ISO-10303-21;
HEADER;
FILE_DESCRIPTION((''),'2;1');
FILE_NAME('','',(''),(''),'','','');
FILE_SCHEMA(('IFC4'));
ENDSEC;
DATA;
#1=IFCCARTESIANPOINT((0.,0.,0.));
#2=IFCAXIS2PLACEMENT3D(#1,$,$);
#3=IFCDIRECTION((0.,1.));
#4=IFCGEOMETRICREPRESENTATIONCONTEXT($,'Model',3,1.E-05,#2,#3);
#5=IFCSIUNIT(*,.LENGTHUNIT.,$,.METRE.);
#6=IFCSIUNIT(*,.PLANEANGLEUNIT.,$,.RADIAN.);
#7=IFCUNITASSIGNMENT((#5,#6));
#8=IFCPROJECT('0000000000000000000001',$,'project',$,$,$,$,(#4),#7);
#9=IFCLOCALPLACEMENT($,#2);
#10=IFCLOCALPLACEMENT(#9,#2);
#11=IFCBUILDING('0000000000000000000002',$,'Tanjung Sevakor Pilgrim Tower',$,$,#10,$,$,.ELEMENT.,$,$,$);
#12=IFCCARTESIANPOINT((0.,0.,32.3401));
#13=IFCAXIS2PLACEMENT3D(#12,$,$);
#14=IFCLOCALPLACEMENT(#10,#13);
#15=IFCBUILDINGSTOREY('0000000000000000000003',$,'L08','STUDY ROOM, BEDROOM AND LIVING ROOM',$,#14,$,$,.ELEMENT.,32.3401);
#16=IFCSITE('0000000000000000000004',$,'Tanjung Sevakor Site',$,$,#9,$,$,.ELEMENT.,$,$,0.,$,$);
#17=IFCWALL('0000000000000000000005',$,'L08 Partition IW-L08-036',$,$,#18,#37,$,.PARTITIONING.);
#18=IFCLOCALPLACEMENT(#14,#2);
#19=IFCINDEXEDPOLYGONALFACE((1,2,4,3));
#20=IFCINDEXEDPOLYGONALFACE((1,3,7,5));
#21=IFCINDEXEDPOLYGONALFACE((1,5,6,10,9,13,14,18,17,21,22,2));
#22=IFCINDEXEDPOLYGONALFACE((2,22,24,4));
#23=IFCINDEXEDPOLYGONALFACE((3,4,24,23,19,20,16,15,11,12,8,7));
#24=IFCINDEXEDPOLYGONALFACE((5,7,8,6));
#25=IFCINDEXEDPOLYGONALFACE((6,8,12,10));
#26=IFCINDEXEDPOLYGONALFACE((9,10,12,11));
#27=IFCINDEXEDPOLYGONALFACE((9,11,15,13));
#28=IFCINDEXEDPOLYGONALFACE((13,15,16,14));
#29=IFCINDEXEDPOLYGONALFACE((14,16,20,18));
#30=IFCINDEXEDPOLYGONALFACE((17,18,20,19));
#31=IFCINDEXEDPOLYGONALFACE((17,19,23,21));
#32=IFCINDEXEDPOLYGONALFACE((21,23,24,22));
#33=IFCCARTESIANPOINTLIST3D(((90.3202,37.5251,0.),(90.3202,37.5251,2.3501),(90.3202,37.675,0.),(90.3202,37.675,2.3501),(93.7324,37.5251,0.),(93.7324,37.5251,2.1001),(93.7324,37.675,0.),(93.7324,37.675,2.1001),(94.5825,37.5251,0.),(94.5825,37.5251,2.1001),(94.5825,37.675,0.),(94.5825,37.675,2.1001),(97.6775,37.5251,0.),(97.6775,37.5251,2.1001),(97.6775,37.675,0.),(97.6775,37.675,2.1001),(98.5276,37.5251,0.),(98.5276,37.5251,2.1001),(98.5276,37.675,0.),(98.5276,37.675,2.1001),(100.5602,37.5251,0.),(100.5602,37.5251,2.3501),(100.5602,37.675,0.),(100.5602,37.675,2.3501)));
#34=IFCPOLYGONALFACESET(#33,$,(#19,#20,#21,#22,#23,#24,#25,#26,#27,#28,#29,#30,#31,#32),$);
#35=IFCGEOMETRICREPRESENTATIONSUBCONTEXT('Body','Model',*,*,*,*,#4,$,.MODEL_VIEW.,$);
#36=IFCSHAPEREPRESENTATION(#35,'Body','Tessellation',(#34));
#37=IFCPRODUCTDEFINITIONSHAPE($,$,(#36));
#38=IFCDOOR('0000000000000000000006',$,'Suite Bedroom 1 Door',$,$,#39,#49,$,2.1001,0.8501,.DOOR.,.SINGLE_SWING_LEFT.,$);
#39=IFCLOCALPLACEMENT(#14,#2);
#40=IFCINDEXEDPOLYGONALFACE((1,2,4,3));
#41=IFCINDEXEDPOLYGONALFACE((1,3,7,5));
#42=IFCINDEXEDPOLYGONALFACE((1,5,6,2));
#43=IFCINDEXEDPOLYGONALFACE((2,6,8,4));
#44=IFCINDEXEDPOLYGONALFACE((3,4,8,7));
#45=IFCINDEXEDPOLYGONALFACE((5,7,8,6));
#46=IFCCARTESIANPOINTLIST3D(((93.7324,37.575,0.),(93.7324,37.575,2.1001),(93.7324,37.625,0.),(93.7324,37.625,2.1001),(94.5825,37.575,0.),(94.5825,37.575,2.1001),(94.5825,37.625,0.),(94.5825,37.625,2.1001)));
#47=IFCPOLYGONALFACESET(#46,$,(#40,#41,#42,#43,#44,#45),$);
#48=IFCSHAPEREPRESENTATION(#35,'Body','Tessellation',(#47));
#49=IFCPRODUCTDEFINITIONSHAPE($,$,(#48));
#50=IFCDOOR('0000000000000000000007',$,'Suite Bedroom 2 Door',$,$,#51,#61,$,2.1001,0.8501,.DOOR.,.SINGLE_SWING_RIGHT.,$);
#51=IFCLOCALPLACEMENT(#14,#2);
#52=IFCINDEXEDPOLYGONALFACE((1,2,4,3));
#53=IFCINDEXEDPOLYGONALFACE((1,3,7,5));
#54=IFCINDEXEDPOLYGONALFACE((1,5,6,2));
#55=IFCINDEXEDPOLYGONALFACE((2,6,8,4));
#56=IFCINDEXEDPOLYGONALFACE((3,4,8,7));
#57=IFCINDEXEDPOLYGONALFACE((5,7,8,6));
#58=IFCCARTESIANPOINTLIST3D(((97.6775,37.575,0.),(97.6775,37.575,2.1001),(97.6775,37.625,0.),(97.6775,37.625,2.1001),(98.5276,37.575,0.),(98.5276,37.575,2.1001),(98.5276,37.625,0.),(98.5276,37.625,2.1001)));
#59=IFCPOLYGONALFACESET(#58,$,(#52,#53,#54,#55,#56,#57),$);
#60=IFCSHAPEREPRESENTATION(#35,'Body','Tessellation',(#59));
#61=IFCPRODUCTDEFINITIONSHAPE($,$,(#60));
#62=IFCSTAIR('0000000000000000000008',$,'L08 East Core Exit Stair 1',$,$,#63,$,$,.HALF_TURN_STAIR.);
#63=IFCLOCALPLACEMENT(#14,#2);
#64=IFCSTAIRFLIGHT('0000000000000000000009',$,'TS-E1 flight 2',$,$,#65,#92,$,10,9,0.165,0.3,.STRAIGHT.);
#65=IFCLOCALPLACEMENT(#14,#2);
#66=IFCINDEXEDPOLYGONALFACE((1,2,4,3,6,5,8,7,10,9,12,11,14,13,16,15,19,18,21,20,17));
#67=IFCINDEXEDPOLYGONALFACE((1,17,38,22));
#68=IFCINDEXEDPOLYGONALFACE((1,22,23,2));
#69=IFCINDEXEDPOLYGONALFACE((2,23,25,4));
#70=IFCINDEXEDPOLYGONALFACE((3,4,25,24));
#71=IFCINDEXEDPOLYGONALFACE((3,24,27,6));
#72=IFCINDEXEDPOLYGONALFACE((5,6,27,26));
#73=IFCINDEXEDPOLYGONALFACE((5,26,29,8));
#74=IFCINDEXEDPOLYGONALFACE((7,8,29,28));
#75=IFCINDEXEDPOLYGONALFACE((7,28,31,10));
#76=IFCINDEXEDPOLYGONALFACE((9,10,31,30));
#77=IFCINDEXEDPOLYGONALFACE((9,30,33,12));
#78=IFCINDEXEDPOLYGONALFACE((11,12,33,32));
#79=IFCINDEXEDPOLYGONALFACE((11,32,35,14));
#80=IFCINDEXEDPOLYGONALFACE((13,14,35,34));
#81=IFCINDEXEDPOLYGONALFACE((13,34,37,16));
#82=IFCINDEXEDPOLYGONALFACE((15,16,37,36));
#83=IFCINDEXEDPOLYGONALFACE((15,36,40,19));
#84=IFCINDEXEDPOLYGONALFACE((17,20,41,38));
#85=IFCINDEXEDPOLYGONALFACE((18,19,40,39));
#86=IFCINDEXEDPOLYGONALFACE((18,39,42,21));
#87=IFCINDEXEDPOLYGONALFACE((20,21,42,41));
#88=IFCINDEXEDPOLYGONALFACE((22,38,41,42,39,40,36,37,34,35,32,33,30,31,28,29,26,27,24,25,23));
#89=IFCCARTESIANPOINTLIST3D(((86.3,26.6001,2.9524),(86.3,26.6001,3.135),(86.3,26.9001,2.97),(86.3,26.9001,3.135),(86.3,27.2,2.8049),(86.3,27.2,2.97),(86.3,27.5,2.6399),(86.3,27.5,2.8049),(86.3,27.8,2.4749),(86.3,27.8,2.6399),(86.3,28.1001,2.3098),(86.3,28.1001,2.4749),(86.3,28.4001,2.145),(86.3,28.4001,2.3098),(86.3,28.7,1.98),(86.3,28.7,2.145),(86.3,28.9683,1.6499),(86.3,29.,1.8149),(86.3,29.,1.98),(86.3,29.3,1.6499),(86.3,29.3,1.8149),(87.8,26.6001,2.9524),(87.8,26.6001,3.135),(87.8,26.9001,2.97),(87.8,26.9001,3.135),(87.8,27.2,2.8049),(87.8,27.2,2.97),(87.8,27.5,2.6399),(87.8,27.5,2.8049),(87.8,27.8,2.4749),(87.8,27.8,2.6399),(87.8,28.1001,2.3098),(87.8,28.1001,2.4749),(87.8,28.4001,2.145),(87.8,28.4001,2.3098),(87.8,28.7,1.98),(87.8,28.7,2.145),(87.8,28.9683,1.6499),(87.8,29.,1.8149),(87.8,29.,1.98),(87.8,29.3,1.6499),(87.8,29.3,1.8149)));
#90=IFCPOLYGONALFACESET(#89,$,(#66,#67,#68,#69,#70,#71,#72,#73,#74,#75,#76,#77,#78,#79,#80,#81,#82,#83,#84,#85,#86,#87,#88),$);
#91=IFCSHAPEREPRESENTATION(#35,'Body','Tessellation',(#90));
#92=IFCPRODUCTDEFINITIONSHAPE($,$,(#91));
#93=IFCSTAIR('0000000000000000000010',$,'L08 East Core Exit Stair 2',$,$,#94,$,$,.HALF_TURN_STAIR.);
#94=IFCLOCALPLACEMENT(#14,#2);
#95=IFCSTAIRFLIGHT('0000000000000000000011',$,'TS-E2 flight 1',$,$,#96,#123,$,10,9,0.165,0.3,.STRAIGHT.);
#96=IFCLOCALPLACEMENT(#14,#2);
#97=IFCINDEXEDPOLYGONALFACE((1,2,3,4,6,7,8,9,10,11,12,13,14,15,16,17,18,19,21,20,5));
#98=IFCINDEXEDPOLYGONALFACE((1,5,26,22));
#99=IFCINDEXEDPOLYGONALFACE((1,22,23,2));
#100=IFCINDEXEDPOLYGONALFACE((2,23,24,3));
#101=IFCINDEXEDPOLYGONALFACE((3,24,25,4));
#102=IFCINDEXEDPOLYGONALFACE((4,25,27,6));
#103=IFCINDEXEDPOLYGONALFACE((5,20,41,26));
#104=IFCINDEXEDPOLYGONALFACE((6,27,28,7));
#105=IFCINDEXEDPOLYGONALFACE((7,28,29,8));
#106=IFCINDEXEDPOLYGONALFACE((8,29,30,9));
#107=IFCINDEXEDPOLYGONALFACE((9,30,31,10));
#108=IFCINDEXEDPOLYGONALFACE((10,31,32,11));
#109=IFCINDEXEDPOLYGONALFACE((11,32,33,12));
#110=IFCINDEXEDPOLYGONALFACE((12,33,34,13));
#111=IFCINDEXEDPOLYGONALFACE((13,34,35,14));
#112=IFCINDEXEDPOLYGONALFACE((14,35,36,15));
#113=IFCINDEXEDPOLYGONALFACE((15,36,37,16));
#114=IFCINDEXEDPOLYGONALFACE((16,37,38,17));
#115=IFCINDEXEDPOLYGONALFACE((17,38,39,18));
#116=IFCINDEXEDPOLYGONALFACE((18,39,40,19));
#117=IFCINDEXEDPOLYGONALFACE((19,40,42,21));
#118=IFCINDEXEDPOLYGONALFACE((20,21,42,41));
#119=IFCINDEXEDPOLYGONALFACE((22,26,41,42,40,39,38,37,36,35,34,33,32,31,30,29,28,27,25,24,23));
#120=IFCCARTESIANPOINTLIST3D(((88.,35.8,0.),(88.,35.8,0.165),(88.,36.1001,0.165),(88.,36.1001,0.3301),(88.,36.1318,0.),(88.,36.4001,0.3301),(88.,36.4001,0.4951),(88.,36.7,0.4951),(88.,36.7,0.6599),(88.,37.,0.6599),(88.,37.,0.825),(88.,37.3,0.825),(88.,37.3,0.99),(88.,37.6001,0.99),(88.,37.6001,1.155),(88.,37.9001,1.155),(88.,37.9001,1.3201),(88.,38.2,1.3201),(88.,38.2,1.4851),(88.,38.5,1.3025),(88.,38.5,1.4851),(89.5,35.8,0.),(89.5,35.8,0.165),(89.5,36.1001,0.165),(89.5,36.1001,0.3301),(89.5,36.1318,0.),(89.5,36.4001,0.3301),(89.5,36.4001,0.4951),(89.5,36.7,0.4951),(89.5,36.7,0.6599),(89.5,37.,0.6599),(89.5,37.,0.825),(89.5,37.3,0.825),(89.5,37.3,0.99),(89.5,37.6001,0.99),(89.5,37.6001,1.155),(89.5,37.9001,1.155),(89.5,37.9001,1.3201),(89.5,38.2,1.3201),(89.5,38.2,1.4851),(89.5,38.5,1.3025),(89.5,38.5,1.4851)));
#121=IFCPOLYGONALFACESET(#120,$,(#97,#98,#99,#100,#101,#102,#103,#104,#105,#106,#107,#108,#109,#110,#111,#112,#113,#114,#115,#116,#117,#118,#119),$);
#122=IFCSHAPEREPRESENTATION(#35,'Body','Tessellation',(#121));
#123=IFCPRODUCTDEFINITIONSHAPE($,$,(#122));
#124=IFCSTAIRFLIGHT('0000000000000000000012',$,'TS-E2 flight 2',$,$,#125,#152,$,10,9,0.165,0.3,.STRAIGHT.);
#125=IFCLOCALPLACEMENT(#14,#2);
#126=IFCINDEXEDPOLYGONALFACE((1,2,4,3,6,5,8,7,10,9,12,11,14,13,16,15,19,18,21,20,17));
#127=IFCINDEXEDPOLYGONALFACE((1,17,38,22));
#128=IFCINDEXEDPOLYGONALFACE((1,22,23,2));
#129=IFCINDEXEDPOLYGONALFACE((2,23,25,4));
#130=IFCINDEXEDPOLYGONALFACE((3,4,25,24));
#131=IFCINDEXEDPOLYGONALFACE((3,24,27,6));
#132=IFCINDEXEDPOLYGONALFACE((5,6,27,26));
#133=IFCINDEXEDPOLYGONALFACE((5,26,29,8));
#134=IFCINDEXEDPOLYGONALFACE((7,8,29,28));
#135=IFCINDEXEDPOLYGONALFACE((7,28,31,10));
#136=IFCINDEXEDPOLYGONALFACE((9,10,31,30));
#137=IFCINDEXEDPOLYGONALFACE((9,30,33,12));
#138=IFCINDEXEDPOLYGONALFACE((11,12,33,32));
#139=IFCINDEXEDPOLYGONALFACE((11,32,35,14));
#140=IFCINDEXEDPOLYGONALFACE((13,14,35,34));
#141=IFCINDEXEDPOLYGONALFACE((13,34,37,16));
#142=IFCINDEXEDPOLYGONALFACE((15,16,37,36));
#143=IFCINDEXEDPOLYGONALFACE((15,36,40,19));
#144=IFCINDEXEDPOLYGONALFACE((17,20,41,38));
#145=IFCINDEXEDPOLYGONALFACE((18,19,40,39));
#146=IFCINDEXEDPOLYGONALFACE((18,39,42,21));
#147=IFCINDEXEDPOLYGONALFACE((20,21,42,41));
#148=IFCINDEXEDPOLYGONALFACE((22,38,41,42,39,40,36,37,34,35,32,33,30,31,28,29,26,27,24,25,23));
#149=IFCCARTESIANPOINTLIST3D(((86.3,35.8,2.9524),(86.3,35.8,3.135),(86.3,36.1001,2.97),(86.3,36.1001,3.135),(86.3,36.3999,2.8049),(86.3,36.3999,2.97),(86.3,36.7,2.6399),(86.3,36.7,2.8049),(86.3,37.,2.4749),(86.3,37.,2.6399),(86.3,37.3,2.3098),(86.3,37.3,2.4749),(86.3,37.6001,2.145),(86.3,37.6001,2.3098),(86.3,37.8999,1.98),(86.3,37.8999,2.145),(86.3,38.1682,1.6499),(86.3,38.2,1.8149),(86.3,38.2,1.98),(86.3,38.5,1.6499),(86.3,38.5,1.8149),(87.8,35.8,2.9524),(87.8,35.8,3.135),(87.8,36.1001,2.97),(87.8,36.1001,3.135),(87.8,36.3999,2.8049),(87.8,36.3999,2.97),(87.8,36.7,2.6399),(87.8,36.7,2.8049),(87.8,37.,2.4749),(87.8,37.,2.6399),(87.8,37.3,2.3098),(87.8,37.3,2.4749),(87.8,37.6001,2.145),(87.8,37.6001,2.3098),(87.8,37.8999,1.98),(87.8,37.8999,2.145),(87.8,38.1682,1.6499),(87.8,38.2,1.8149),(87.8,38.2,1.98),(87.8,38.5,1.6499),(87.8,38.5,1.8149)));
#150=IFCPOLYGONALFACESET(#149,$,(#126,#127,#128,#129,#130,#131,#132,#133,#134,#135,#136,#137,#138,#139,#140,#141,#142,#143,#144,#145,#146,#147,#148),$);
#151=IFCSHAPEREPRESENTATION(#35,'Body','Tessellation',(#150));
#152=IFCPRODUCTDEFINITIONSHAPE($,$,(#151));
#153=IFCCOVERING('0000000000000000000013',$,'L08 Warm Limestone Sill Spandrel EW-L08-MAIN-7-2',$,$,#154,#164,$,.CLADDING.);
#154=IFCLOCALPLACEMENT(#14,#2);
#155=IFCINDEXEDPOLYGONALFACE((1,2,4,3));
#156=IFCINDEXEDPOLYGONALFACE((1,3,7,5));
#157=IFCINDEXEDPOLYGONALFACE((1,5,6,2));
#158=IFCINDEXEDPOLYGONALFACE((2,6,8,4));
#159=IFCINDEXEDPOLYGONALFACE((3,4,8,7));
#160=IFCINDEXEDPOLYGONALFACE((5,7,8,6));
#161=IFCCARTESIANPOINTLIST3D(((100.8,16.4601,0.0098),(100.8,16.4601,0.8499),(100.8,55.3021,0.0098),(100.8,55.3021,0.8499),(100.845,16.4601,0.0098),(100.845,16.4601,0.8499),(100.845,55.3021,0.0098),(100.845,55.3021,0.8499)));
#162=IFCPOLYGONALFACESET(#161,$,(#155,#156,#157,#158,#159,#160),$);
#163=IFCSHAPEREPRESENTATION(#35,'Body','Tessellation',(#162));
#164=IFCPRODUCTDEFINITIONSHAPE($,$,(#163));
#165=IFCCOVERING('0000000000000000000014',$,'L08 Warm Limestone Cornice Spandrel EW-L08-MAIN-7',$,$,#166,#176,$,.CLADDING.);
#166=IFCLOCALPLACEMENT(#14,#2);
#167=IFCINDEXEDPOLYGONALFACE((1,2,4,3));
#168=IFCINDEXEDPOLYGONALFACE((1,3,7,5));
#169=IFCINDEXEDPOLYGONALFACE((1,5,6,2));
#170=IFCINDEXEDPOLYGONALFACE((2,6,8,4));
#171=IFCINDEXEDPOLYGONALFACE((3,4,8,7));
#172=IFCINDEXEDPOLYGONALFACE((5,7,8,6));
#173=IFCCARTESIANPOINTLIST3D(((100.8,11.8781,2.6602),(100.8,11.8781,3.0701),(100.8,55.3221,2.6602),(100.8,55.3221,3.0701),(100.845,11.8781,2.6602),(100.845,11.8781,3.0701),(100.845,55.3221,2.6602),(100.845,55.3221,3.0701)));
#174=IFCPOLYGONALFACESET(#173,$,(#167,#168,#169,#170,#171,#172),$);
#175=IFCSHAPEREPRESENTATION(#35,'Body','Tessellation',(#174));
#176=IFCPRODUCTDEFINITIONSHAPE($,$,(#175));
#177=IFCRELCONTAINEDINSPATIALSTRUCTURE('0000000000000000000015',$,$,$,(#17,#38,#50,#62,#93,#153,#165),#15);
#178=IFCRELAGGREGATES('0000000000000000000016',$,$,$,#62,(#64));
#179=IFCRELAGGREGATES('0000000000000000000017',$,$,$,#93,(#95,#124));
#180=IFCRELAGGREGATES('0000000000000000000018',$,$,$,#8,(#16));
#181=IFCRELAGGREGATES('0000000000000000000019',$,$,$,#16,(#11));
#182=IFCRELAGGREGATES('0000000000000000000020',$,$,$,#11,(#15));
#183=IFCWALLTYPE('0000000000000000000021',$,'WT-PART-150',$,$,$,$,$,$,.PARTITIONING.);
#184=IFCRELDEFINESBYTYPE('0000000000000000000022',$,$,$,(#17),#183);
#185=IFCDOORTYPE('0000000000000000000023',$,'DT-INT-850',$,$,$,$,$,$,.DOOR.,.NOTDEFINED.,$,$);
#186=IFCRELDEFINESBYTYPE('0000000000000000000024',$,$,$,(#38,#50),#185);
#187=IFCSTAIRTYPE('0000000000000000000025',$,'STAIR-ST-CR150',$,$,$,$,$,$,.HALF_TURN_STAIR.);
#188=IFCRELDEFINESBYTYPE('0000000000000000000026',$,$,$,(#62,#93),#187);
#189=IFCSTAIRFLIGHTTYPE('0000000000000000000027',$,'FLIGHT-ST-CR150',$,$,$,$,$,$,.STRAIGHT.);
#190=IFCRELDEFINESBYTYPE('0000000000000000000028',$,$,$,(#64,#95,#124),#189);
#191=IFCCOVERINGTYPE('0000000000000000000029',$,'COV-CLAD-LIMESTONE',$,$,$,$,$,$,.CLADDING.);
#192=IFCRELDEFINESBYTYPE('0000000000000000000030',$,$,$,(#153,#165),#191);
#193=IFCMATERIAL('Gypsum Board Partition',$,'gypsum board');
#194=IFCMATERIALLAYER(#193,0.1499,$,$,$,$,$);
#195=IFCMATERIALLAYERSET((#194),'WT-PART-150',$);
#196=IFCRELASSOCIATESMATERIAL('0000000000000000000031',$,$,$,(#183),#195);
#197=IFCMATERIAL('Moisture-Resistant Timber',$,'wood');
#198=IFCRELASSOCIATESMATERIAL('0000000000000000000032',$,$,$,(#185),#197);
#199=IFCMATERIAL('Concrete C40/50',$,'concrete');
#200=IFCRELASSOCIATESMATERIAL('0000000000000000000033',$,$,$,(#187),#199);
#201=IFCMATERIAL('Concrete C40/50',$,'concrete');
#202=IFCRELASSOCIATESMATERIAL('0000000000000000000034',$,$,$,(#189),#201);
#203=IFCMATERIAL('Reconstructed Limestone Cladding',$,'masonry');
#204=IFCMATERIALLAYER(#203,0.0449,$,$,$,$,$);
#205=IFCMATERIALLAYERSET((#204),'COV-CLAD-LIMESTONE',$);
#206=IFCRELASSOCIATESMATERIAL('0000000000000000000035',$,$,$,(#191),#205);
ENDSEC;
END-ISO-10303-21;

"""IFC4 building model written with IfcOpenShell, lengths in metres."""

from ifc_helpers import new_model, si_unit, direction, frame, frame_2d, origin, origin_2d, place, context, subcontext, project, spatial, polyline, rectangle, outline, extrude, material, layer, layer_set, type_object, element, fill, aggregate, save


model = new_model("IFC4")

# Units and contexts
model_context = context("Model", 3, precision=1e-05, world=origin(), true_north=direction((0.0, 1.0)))
body_context = subcontext(model_context, "Body", "Model", "MODEL_VIEW")
ifc_project = project(units=[si_unit("LENGTHUNIT", "METRE"), si_unit("PLANEANGLEUNIT", "RADIAN")], contexts=[model_context])

# Site, building, storey
site_placement = place(None, origin())
site = spatial("IfcSite", under=ifc_project, at=site_placement, Name="Tanjung Sevakor Site", CompositionType="ELEMENT", RefElevation=0.0)
building_placement = place(site_placement, origin())
building = spatial("IfcBuilding", under=site, at=building_placement, Name="Tanjung Sevakor Pilgrim Tower", CompositionType="ELEMENT")
storey_placement = place(building_placement, frame((0.0, 0.0, 32.3401)))
storey = spatial("IfcBuildingStorey", under=building, at=storey_placement, Name="L08", Description="STUDY ROOM, BEDROOM AND LIVING ROOM", CompositionType="ELEMENT", Elevation=32.3401)

# Shared definitions
ifc_material_1 = material(Name="Gypsum Board Partition", Category="gypsum board")
ifc_layer_1 = layer(ifc_material_1, 0.1499)
ifc_layer_set_1 = layer_set([ifc_layer_1], Name="WT-PART-150")
wall_type_1 = type_object("IfcWallType", Name="WT-PART-150", PredefinedType="PARTITIONING", material=ifc_layer_set_1)

# Wall, openings, doors
wall_1_placement = place(storey_placement, frame((90.3201, 37.6001, 0.0), z_axis=(0.0, 0.0, 1.0), x_axis=(1.0, 0.0, 0.0)))
wall_1 = element("IfcWall", 1, at=wall_1_placement, inside=storey, type_object=wall_type_1, Name="L08 Partition IW-L08-036", PredefinedType="PARTITIONING", context=body_context, shape_type="SweptSolid", body=[
    extrude(rectangle(XDim=10.24, YDim=0.1499, at=frame_2d((5.1201, 0.0))), origin(), (0.0, 0.0, 1.0), 2.3501),
])
opening_1_placement = place(wall_1_placement, frame((3.4124, 0.0, 0.0)))
opening_1 = element("IfcOpeningElement", 2, at=opening_1_placement, cuts=wall_1, PredefinedType="OPENING", context=body_context, shape_type="SweptSolid", body=[
    extrude(rectangle(XDim=0.8501, YDim=2.1001, at=frame_2d((0.425, 1.05))), frame((0.0, 0.085, 0.0), z_axis=(0.0, -1.0, 0.0), x_axis=(1.0, 0.0, 0.0)), (0.0, 0.0, 1.0), 0.1699),
])
opening_2_placement = place(wall_1_placement, frame((7.3574, 0.0, 0.0)))
opening_2 = element("IfcOpeningElement", 3, at=opening_2_placement, cuts=wall_1, PredefinedType="OPENING", context=body_context, shape_type="SweptSolid", body=[
    extrude(rectangle(XDim=0.8501, YDim=2.1001, at=frame_2d((0.425, 1.05))), frame((0.0, 0.085, 0.0), z_axis=(0.0, -1.0, 0.0), x_axis=(1.0, 0.0, 0.0)), (0.0, 0.0, 1.0), 0.1699),
])
ifc_material_2 = material(Name="Moisture-Resistant Timber", Category="wood")
door_type = type_object("IfcDoorType", Name="DT-INT-850", OperationType="NOTDEFINED", PredefinedType="DOOR", material=ifc_material_2)
door_1_placement = place(opening_1_placement, origin())
door_1 = element("IfcDoor", 4, at=door_1_placement, inside=storey, type_object=door_type, Name="Suite Bedroom 1 Door", OperationType="SINGLE_SWING_LEFT", OverallHeight=2.1001, OverallWidth=0.8501, PredefinedType="DOOR", context=body_context, shape_type="SweptSolid", body=[
    extrude(rectangle(XDim=0.8501, YDim=2.1001, at=frame_2d((0.425, 1.05))), frame((0.0, 0.0249, 0.0), z_axis=(0.0, -1.0, 0.0), x_axis=(1.0, 0.0, 0.0)), (0.0, 0.0, 1.0), 0.05),
])
fill(opening_1, door_1)
door_2_placement = place(opening_2_placement, origin())
door_2 = element("IfcDoor", 5, at=door_2_placement, inside=storey, type_object=door_type, Name="Suite Bedroom 2 Door", OperationType="SINGLE_SWING_RIGHT", OverallHeight=2.1001, OverallWidth=0.8501, PredefinedType="DOOR", context=body_context, shape_type="SweptSolid", body=[
    extrude(rectangle(XDim=0.8501, YDim=2.1001, at=frame_2d((0.425, 1.05))), frame((0.0, 0.0249, 0.0), z_axis=(0.0, -1.0, 0.0), x_axis=(1.0, 0.0, 0.0)), (0.0, 0.0, 1.0), 0.05),
])
fill(opening_2, door_2)

# Stair, stair flight
ifc_material_3 = material(Name="Concrete C40/50", Category="concrete")
stair_type = type_object("IfcStairType", Name="STAIR-ST-CR150", PredefinedType="HALF_TURN_STAIR", material=ifc_material_3)
stair_1_placement = place(storey_placement, origin())
stair_1 = element("IfcStair", 6, at=stair_1_placement, inside=storey, type_object=stair_type, Name="L08 East Core Exit Stair 1", PredefinedType="HALF_TURN_STAIR")
ifc_material_4 = material(Name="Concrete C40/50", Category="concrete")
stair_flight_type = type_object("IfcStairFlightType", Name="FLIGHT-ST-CR150", PredefinedType="STRAIGHT", material=ifc_material_4)
stair_flight_1_placement = place(storey_placement, frame((87.05, 29.3, 1.6499), z_axis=(0.0, 0.0, 1.0), x_axis=(0.0, -1.0, 0.0)))
stair_flight_1 = element("IfcStairFlight", 7, at=stair_flight_1_placement, type_object=stair_flight_type, Name="TS-E1 flight 2", NumberOfRisers=10, NumberOfTreads=9, PredefinedType="STRAIGHT", RiserHeight=0.165, TreadLength=0.3, context=body_context, shape_type="SweptSolid", body=[
    extrude(outline(polyline([(0.0, 0.0), (0.0, 0.165), (0.3, 0.165), (0.3, 0.3301), (0.6001, 0.3301), (0.6001, 0.4951), (0.8999, 0.4951), (0.8999, 0.6599), (1.2, 0.6599), (1.2, 0.825), (1.5, 0.825), (1.5, 0.99), (1.8, 0.99), (1.8, 1.155), (2.1001, 1.155), (2.1001, 1.3201), (2.3999, 1.3201), (2.3999, 1.4851), (2.7, 1.4851), (2.7, 1.6499), (2.7, 1.3025), (0.3318, 0.0), (0.0, 0.0)])), frame((0.0, 0.75, 0.0), z_axis=(0.0, -1.0, 0.0), x_axis=(1.0, 0.0, 0.0)), (0.0, 0.0, 1.0), 1.5),
])
aggregate(stair_1, [stair_flight_1])

# Stair, stair flights
stair_2_placement = place(storey_placement, origin())
stair_2 = element("IfcStair", 8, at=stair_2_placement, inside=storey, type_object=stair_type, Name="L08 East Core Exit Stair 2", PredefinedType="HALF_TURN_STAIR")
stair_flight_2_placement = place(storey_placement, frame((88.75, 35.8, 0.0), z_axis=(0.0, 0.0, 1.0), x_axis=(0.0, 1.0, 0.0)))
stair_flight_2 = element("IfcStairFlight", 9, at=stair_flight_2_placement, type_object=stair_flight_type, Name="TS-E2 flight 1", NumberOfRisers=10, NumberOfTreads=9, PredefinedType="STRAIGHT", RiserHeight=0.165, TreadLength=0.3, context=body_context, shape_type="SweptSolid", body=[
    extrude(outline(polyline([(0.0, 0.0), (0.0, 0.165), (0.3, 0.165), (0.3, 0.3301), (0.6001, 0.3301), (0.6001, 0.4951), (0.8999, 0.4951), (0.8999, 0.6599), (1.2, 0.6599), (1.2, 0.825), (1.5, 0.825), (1.5, 0.99), (1.8, 0.99), (1.8, 1.155), (2.1001, 1.155), (2.1001, 1.3201), (2.3999, 1.3201), (2.3999, 1.4851), (2.7, 1.4851), (2.7, 1.6499), (2.7, 1.3025), (0.3318, 0.0), (0.0, 0.0)])), frame((0.0, 0.75, 0.0), z_axis=(0.0, -1.0, 0.0), x_axis=(1.0, 0.0, 0.0)), (0.0, 0.0, 1.0), 1.5),
])
stair_flight_3_placement = place(storey_placement, frame((87.05, 38.5, 1.6499), z_axis=(0.0, 0.0, 1.0), x_axis=(0.0, -1.0, 0.0)))
stair_flight_3 = element("IfcStairFlight", 10, at=stair_flight_3_placement, type_object=stair_flight_type, Name="TS-E2 flight 2", NumberOfRisers=10, NumberOfTreads=9, PredefinedType="STRAIGHT", RiserHeight=0.165, TreadLength=0.3, context=body_context, shape_type="SweptSolid", body=[
    extrude(outline(polyline([(0.0, 0.0), (0.0, 0.165), (0.3, 0.165), (0.3, 0.3301), (0.6001, 0.3301), (0.6001, 0.4951), (0.8999, 0.4951), (0.8999, 0.6599), (1.2, 0.6599), (1.2, 0.825), (1.5, 0.825), (1.5, 0.99), (1.8, 0.99), (1.8, 1.155), (2.1001, 1.155), (2.1001, 1.3201), (2.3999, 1.3201), (2.3999, 1.4851), (2.7, 1.4851), (2.7, 1.6499), (2.7, 1.3025), (0.3318, 0.0), (0.0, 0.0)])), frame((0.0, 0.75, 0.0), z_axis=(0.0, -1.0, 0.0), x_axis=(1.0, 0.0, 0.0)), (0.0, 0.0, 1.0), 1.5),
])
aggregate(stair_2, [stair_flight_2, stair_flight_3])

# Coverings
ifc_material_5 = material(Name="Reconstructed Limestone Cladding", Category="masonry")
ifc_layer_2 = layer(ifc_material_5, 0.0449)
ifc_layer_set_2 = layer_set([ifc_layer_2], Name="COV-CLAD-LIMESTONE")
covering_type = type_object("IfcCoveringType", Name="COV-CLAD-LIMESTONE", PredefinedType="CLADDING", material=ifc_layer_set_2)
covering_1_placement = place(storey_placement, frame((100.8225, 35.8811, 0.0098), z_axis=(0.0, 0.0, 1.0), x_axis=(0.0, 1.0, 0.0)))
element("IfcCovering", 11, at=covering_1_placement, inside=storey, type_object=covering_type, Name="L08 Warm Limestone Sill Spandrel EW-L08-MAIN-7-2", PredefinedType="CLADDING", context=body_context, shape_type="SweptSolid", body=[
    extrude(rectangle(XDim=38.842, YDim=0.0449, at=origin_2d()), origin(), (0.0, 0.0, 1.0), 0.8401),
])
covering_2_placement = place(storey_placement, frame((100.8225, 33.6001, 2.6602), z_axis=(0.0, 0.0, 1.0), x_axis=(0.0, 1.0, 0.0)))
element("IfcCovering", 12, at=covering_2_placement, inside=storey, type_object=covering_type, Name="L08 Warm Limestone Cornice Spandrel EW-L08-MAIN-7", PredefinedType="CLADDING", context=body_context, shape_type="SweptSolid", body=[
    extrude(rectangle(XDim=43.4441, YDim=0.0449, at=origin_2d()), origin(), (0.0, 0.0, 1.0), 0.4099),
])

save(model, "model.ifc")
